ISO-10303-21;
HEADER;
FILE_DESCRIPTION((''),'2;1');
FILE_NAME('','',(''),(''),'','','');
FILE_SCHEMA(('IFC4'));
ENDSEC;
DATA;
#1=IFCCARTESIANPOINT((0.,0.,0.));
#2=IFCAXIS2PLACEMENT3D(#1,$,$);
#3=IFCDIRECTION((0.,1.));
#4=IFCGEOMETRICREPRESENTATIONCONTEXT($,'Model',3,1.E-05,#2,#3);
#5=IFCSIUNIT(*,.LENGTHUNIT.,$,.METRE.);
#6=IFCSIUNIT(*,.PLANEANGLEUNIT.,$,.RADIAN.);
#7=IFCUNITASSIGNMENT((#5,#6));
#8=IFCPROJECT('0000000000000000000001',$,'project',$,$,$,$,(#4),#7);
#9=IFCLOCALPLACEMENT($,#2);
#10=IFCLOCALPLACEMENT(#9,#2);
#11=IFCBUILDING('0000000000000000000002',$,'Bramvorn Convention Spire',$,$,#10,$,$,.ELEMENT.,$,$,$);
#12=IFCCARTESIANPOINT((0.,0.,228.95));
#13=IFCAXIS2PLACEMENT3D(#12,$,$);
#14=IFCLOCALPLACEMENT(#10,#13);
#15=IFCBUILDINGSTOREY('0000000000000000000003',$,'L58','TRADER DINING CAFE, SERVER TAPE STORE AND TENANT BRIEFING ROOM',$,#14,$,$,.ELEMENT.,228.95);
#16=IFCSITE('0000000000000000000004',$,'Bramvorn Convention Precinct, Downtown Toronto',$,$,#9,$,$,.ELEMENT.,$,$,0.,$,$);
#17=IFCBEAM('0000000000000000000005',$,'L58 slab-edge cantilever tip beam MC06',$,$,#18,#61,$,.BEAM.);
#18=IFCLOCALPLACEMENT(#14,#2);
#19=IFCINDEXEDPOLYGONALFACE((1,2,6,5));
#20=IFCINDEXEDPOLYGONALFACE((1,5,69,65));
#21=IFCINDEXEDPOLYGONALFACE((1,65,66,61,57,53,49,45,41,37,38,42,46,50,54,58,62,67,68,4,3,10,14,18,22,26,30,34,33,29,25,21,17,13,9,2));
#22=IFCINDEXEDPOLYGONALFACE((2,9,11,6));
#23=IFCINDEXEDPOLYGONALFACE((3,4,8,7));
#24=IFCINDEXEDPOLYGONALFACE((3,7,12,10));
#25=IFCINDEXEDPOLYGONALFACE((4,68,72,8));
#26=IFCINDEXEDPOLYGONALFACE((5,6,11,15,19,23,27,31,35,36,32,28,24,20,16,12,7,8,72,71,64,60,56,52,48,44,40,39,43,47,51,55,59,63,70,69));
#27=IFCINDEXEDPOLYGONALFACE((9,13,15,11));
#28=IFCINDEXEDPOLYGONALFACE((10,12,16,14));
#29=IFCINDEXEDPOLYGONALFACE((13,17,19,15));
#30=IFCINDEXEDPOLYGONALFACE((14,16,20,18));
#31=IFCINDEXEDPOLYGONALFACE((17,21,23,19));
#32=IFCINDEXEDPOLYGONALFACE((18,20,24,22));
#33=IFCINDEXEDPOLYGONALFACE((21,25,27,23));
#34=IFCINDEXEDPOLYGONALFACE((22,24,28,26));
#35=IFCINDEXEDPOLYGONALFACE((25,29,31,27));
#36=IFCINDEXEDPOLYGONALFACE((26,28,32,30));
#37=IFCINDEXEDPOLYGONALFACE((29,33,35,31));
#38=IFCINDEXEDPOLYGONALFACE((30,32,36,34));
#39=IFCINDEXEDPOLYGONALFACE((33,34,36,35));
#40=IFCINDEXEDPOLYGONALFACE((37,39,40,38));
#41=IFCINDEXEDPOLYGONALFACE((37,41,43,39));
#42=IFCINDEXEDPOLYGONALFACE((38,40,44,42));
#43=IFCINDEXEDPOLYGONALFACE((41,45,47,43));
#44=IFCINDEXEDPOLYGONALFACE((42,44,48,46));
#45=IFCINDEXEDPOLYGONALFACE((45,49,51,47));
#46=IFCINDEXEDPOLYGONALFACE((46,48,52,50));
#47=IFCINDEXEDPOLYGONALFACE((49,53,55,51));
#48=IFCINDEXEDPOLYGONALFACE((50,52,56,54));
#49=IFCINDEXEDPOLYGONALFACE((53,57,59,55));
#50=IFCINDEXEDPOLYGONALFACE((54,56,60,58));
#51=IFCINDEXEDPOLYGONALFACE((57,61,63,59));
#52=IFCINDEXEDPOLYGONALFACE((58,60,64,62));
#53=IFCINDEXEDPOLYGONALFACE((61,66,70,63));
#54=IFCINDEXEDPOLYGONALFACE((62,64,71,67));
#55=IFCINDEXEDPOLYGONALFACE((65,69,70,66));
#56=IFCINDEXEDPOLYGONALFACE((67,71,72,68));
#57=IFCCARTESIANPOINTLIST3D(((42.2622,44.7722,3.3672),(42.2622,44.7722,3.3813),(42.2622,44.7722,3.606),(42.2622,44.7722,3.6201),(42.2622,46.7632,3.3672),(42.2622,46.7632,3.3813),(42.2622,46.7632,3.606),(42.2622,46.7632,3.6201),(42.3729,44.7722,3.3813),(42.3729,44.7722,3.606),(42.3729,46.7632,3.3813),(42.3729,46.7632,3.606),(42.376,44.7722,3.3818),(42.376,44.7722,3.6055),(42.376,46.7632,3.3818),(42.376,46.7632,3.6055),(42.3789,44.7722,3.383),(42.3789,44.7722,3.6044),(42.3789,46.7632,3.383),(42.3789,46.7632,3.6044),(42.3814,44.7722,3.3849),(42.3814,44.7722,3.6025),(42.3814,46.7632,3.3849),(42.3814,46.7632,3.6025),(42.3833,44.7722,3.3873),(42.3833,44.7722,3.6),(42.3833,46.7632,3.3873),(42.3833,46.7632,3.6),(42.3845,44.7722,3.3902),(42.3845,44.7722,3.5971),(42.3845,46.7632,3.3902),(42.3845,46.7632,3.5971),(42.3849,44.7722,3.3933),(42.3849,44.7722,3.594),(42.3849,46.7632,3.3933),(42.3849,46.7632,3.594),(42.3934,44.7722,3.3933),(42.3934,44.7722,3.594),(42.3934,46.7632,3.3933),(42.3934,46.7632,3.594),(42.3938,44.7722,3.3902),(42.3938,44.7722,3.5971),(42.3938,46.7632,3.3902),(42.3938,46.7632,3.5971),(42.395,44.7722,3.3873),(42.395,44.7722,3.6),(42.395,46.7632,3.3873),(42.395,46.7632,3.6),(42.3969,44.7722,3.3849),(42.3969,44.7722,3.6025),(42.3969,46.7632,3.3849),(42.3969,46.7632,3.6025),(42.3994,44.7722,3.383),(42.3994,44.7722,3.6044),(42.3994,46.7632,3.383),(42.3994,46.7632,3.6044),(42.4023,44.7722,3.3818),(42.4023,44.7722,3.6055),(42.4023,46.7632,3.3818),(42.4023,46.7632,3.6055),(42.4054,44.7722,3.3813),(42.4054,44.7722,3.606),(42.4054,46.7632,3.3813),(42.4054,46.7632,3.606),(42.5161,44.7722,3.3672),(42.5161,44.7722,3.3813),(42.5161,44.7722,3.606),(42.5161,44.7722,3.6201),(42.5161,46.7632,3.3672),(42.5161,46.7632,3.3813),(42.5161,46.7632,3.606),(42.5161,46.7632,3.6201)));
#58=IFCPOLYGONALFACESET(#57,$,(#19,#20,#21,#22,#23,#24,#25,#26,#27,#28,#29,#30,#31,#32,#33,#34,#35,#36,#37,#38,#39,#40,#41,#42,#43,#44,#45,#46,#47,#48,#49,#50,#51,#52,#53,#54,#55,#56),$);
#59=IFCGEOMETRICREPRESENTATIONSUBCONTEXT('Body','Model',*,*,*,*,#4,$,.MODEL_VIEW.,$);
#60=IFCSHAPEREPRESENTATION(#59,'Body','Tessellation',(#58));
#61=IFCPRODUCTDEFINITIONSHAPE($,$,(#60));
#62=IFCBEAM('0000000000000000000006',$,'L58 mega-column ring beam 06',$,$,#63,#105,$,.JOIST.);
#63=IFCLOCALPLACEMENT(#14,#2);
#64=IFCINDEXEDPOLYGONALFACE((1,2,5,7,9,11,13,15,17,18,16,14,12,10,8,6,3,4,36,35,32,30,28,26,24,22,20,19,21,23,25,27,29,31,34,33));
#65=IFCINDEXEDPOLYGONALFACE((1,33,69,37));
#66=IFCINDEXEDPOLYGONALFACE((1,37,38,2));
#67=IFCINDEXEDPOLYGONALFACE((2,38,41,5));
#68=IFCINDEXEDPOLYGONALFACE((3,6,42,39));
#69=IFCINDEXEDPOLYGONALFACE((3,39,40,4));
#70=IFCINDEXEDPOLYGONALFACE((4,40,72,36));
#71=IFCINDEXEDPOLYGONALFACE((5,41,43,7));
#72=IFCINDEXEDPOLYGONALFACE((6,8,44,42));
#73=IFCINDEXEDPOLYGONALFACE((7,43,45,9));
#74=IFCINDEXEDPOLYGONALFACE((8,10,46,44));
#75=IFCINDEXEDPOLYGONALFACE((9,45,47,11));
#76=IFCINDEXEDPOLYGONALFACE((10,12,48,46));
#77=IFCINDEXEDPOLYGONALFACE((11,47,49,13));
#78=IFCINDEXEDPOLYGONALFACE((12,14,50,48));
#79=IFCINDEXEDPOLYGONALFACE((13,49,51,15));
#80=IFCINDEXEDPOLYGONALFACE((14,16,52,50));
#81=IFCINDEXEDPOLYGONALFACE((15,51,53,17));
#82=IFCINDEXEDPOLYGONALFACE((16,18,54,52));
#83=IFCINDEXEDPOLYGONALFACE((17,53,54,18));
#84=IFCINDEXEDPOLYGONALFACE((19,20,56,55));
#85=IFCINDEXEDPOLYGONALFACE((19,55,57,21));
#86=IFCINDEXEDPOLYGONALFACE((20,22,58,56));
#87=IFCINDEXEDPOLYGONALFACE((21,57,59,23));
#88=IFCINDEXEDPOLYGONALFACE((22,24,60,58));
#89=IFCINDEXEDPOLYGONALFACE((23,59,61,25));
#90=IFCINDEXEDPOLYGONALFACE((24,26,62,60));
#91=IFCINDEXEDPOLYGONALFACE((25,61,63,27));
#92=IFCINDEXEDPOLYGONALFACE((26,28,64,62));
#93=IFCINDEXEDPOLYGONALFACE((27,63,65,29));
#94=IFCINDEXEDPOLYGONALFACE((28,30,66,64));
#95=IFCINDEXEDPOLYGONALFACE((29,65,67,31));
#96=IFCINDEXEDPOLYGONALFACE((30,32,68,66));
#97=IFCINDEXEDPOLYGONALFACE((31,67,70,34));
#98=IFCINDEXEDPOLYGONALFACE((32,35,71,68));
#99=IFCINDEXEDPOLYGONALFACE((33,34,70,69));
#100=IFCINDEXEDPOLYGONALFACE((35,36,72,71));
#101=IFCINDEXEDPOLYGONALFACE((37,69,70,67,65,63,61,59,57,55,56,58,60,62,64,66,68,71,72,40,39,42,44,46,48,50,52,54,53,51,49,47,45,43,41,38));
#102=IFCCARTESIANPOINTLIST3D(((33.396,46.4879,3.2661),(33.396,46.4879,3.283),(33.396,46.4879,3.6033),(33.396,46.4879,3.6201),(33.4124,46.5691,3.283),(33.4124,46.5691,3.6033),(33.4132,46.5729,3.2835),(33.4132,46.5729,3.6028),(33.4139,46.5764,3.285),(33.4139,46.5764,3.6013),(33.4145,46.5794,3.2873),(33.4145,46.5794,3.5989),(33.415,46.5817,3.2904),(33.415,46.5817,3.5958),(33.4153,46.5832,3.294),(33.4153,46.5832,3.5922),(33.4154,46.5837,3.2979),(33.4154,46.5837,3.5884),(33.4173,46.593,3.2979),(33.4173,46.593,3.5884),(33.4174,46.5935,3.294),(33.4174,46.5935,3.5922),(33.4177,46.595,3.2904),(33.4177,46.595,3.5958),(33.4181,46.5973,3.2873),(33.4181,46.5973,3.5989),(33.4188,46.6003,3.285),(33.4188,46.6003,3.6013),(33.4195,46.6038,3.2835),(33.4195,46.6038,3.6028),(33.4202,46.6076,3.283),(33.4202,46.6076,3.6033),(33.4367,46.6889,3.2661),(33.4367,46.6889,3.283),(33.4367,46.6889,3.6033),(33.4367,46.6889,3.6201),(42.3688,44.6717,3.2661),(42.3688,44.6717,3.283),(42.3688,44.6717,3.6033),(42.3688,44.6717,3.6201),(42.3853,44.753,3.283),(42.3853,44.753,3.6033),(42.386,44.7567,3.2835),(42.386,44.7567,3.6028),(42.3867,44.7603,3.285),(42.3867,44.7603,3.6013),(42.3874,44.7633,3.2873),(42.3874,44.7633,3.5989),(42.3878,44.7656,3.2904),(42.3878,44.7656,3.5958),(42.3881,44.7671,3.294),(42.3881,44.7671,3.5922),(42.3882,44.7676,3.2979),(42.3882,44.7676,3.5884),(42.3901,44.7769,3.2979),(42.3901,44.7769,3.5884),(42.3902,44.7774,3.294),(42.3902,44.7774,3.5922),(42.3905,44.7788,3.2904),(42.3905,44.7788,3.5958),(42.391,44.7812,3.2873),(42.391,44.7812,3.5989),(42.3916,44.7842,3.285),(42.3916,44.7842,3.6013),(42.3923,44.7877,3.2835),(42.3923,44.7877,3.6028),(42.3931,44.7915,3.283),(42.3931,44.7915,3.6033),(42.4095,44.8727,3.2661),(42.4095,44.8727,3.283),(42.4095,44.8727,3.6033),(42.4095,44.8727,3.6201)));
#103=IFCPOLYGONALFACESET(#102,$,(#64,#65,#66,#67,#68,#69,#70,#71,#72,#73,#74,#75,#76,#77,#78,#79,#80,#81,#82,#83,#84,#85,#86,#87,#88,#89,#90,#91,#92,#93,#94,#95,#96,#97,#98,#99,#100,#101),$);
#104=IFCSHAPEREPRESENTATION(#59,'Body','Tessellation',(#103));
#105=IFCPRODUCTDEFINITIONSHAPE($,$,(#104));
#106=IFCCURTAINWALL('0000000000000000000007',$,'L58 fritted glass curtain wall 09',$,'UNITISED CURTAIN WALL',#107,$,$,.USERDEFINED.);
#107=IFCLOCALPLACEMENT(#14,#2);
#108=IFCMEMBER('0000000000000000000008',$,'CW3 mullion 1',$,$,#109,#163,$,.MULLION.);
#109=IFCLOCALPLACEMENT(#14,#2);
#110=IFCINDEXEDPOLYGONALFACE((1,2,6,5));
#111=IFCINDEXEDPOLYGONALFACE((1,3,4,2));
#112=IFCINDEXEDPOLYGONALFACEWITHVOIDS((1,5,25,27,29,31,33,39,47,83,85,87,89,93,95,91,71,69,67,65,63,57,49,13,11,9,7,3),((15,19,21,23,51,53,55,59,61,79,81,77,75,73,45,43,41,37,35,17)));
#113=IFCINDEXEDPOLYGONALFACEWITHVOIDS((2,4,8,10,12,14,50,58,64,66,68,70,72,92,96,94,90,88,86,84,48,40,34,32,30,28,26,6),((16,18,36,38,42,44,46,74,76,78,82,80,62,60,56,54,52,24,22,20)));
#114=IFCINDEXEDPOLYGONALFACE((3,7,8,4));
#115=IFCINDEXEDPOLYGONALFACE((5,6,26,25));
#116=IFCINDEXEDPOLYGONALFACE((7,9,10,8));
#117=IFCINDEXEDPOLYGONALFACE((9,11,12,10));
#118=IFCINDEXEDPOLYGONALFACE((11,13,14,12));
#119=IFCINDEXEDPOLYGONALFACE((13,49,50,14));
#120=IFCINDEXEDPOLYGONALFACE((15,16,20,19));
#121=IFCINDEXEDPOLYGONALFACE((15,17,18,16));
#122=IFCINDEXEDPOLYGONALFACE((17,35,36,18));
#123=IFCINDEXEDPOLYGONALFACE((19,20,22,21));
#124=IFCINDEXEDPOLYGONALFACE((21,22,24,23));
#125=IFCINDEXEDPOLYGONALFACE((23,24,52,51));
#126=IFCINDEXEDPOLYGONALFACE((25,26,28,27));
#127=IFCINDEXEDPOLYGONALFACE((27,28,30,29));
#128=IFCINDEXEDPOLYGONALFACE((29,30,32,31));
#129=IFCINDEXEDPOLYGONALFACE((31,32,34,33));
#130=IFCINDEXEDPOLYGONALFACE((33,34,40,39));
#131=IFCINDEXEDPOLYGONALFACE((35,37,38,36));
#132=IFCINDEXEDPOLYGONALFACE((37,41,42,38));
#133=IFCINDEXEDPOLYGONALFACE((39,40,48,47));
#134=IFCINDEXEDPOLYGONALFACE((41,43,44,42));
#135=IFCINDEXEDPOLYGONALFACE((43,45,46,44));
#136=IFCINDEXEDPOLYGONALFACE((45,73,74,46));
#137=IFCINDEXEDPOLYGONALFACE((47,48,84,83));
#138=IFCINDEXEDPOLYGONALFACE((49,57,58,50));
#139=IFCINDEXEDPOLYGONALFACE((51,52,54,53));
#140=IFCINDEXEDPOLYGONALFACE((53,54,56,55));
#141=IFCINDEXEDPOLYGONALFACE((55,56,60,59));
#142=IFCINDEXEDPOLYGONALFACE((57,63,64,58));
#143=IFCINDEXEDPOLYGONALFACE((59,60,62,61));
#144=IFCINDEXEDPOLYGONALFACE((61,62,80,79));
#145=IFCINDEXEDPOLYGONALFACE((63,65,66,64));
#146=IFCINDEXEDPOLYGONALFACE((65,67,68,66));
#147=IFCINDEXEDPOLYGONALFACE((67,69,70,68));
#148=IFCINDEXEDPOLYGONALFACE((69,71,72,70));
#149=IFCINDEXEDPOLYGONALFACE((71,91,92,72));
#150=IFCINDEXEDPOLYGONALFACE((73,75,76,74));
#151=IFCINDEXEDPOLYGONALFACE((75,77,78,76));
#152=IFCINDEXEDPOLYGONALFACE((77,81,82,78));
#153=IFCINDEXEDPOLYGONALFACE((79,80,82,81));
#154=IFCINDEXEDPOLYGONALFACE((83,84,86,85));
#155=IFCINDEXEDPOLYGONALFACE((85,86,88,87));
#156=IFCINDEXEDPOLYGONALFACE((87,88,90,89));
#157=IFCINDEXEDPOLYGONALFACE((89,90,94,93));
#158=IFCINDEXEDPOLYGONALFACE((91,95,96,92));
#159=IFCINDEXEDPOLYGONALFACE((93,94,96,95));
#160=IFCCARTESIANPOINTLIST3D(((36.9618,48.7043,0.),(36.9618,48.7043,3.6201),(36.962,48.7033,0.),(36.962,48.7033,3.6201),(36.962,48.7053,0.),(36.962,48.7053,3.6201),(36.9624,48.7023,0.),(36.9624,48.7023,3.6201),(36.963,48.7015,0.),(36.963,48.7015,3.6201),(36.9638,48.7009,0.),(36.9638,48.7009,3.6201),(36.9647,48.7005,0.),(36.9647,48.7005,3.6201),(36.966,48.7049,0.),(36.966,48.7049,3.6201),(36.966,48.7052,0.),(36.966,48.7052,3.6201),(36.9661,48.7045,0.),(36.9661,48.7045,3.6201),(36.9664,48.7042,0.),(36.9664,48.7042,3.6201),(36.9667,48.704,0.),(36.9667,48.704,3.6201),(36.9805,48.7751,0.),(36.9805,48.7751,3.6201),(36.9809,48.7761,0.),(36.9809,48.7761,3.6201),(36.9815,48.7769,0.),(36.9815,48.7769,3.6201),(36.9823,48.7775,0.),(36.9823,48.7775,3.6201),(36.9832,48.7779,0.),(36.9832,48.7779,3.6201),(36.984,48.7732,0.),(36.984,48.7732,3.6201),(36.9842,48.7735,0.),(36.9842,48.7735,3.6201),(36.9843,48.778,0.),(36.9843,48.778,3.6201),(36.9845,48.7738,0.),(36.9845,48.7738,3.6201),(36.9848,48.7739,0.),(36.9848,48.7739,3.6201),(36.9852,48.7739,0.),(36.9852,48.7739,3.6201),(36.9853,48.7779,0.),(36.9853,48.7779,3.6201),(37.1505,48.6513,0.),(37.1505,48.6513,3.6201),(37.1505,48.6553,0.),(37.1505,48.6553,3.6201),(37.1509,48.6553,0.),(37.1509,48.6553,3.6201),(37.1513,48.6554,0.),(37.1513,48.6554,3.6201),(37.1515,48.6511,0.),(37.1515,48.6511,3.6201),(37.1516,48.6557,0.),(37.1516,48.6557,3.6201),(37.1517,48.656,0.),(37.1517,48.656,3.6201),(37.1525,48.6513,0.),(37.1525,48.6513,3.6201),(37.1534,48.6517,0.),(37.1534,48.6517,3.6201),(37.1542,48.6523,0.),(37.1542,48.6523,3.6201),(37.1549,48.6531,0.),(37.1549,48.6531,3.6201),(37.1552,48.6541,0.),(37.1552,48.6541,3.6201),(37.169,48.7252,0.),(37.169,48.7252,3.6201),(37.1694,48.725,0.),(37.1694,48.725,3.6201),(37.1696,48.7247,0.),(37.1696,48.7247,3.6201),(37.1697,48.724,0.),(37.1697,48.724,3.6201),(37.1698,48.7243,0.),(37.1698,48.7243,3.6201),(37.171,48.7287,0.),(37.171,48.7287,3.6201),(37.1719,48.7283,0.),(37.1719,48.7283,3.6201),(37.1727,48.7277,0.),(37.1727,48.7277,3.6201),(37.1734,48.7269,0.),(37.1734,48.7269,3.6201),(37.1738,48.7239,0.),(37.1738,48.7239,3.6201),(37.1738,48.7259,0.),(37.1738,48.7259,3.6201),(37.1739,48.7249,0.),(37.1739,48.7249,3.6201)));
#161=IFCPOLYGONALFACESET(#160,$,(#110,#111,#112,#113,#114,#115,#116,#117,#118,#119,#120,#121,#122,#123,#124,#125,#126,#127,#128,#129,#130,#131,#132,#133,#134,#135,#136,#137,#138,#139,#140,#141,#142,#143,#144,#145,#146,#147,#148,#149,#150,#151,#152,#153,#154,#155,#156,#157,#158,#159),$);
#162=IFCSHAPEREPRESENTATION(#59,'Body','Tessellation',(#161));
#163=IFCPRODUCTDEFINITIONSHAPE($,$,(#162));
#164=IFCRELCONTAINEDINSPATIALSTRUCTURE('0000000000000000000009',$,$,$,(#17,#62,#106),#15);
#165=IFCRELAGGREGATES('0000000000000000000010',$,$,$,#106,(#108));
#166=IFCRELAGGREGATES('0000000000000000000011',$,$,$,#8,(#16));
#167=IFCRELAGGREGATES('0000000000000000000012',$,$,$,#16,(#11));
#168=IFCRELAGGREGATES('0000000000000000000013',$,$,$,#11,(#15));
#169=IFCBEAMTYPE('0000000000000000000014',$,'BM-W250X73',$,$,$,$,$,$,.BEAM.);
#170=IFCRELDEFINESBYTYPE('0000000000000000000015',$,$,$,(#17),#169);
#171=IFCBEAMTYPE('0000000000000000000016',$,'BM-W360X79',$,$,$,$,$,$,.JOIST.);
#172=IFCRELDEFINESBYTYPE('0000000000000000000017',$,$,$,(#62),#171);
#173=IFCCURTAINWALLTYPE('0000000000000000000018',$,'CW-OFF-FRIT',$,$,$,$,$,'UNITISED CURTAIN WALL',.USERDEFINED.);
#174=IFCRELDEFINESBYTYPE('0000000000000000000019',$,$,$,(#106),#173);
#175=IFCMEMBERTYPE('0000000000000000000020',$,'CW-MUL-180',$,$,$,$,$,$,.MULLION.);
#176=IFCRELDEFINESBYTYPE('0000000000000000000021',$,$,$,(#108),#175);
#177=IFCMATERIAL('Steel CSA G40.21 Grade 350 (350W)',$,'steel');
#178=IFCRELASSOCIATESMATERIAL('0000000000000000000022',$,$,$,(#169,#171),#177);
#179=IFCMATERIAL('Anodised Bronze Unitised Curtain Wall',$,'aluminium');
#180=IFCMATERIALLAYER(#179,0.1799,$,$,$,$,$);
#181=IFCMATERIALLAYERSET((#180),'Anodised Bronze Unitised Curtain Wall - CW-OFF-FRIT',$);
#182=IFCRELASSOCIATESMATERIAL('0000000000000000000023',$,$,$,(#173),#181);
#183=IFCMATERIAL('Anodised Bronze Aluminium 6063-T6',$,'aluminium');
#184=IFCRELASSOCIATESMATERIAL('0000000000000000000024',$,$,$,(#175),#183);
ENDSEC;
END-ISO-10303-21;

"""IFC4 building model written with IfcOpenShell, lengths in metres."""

from ifc_helpers import new_model, si_unit, direction, frame, origin, origin_2d, place, context, subcontext, project, spatial, hollow_rectangle, i_section, extrude, material, layer, layer_set, material_profile, profile_set, type_object, element, aggregate, save


model = new_model("IFC4")

# Units and contexts
model_context = context("Model", 3, precision=1e-05, world=origin(), true_north=direction((0.0, 1.0)))
body_context = subcontext(model_context, "Body", "Model", "MODEL_VIEW")
ifc_project = project(units=[si_unit("LENGTHUNIT", "METRE"), si_unit("PLANEANGLEUNIT", "RADIAN")], contexts=[model_context])

# Site, building, storey
site_placement = place(None, origin())
site = spatial("IfcSite", under=ifc_project, at=site_placement, Name="Bramvorn Convention Precinct, Downtown Toronto", CompositionType="ELEMENT", RefElevation=0.0)
building_placement = place(site_placement, origin())
building = spatial("IfcBuilding", under=site, at=building_placement, Name="Bramvorn Convention Spire", CompositionType="ELEMENT")
storey_placement = place(building_placement, frame((0.0, 0.0, 228.95)))
storey = spatial("IfcBuildingStorey", under=building, at=storey_placement, Name="L58", Description="TRADER DINING CAFE, SERVER TAPE STORE AND TENANT BRIEFING ROOM", CompositionType="ELEMENT", Elevation=228.95)

# Beams
ifc_material_1 = material(Name="Steel CSA G40.21 Grade 350 (350W)", Category="steel")
ifc_material_profile_1 = material_profile(ifc_material_1, i_section(OverallWidth=0.2539, OverallDepth=0.2529, WebThickness=0.0085, FlangeThickness=0.0142, FilletRadius=0.012, at=origin_2d()))
ifc_profile_set_1 = profile_set([ifc_material_profile_1], Name="Steel CSA G40.21 Grade 350 (350W) - W250X73")
beam_type_1 = type_object("IfcBeamType", Name="BM-W250X73", PredefinedType="BEAM", material=ifc_profile_set_1)
beam_1_placement = place(storey_placement, frame((42.3892, 44.7722, 3.4937), z_axis=(0.0, 1.0, 0.0), x_axis=(-1.0, 0.0, 0.0)))
element("IfcBeam", 1, at=beam_1_placement, inside=storey, type_object=beam_type_1, Name="L58 slab-edge cantilever tip beam MC06", PredefinedType="BEAM", context=body_context, shape_type="SweptSolid", body=[
    extrude(i_section(OverallWidth=0.2539, OverallDepth=0.2529, WebThickness=0.0085, FlangeThickness=0.0142, FilletRadius=0.012, at=origin_2d()), origin(), (0.0, 0.0, 1.0), 1.991),
])
ifc_material_profile_2 = material_profile(ifc_material_1, i_section(OverallWidth=0.2051, OverallDepth=0.354, WebThickness=0.0095, FlangeThickness=0.0168, FilletRadius=0.0149, at=origin_2d()))
ifc_profile_set_2 = profile_set([ifc_material_profile_2], Name="Steel CSA G40.21 Grade 350 (350W) - W360X79")
beam_type_2 = type_object("IfcBeamType", Name="BM-W360X79", PredefinedType="JOIST", material=ifc_profile_set_2)
beam_2_placement = place(storey_placement, frame((42.3892, 44.7722, 3.4431), z_axis=(-0.980125, 0.198382, 0.0), x_axis=(-0.198382, -0.980125, 0.0)))
element("IfcBeam", 2, at=beam_2_placement, inside=storey, type_object=beam_type_2, Name="L58 mega-column ring beam 06", PredefinedType="JOIST", context=body_context, shape_type="SweptSolid", body=[
    extrude(i_section(OverallWidth=0.2051, OverallDepth=0.354, WebThickness=0.0095, FlangeThickness=0.0168, FilletRadius=0.0149, at=origin_2d()), origin(), (0.0, 0.0, 1.0), 9.1548),
])

# Curtain wall, member
ifc_material_2 = material(Name="Anodised Bronze Unitised Curtain Wall", Category="aluminium")
ifc_layer_1 = layer(ifc_material_2, 0.1799)
ifc_layer_set_1 = layer_set([ifc_layer_1], Name="Anodised Bronze Unitised Curtain Wall - CW-OFF-FRIT")
curtain_wall_type = type_object("IfcCurtainWallType", Name="CW-OFF-FRIT", ElementType="UNITISED CURTAIN WALL", PredefinedType="USERDEFINED", material=ifc_layer_set_1)
curtain_wall_1_placement = place(storey_placement, origin())
curtain_wall_1 = element("IfcCurtainWall", 3, at=curtain_wall_1_placement, inside=storey, type_object=curtain_wall_type, Name="L58 fritted glass curtain wall 09", ObjectType="UNITISED CURTAIN WALL", PredefinedType="USERDEFINED")
ifc_material_3 = material(Name="Anodised Bronze Aluminium 6063-T6", Category="aluminium")
ifc_material_profile_3 = material_profile(ifc_material_3, hollow_rectangle(XDim=0.0801, YDim=0.2, WallThickness=0.0039, InnerFilletRadius=0.001, OuterFilletRadius=0.0039, at=origin_2d()))
ifc_profile_set_3 = profile_set([ifc_material_profile_3], Name="Anodised Bronze Aluminium 6063-T6 - CWM80X200")
member_type_1 = type_object("IfcMemberType", Name="CW-MUL-180", PredefinedType="MULLION", material=ifc_profile_set_3)
member_1_placement = place(storey_placement, frame((37.0679, 48.7146, 0.0), z_axis=(0.0, 0.0, 1.0), x_axis=(0.256245, 0.966612, 0.0)))
member_1 = element("IfcMember", 4, at=member_1_placement, type_object=member_type_1, Name="CW3 mullion 1", PredefinedType="MULLION", context=body_context, shape_type="SweptSolid", body=[
    extrude(hollow_rectangle(XDim=0.0801, YDim=0.2, WallThickness=0.0039, InnerFilletRadius=0.001, OuterFilletRadius=0.0039, at=origin_2d()), origin(), (0.0, 0.0, 1.0), 3.6201),
])

aggregate(curtain_wall_1, [member_1])

save(model, "model.ifc")
